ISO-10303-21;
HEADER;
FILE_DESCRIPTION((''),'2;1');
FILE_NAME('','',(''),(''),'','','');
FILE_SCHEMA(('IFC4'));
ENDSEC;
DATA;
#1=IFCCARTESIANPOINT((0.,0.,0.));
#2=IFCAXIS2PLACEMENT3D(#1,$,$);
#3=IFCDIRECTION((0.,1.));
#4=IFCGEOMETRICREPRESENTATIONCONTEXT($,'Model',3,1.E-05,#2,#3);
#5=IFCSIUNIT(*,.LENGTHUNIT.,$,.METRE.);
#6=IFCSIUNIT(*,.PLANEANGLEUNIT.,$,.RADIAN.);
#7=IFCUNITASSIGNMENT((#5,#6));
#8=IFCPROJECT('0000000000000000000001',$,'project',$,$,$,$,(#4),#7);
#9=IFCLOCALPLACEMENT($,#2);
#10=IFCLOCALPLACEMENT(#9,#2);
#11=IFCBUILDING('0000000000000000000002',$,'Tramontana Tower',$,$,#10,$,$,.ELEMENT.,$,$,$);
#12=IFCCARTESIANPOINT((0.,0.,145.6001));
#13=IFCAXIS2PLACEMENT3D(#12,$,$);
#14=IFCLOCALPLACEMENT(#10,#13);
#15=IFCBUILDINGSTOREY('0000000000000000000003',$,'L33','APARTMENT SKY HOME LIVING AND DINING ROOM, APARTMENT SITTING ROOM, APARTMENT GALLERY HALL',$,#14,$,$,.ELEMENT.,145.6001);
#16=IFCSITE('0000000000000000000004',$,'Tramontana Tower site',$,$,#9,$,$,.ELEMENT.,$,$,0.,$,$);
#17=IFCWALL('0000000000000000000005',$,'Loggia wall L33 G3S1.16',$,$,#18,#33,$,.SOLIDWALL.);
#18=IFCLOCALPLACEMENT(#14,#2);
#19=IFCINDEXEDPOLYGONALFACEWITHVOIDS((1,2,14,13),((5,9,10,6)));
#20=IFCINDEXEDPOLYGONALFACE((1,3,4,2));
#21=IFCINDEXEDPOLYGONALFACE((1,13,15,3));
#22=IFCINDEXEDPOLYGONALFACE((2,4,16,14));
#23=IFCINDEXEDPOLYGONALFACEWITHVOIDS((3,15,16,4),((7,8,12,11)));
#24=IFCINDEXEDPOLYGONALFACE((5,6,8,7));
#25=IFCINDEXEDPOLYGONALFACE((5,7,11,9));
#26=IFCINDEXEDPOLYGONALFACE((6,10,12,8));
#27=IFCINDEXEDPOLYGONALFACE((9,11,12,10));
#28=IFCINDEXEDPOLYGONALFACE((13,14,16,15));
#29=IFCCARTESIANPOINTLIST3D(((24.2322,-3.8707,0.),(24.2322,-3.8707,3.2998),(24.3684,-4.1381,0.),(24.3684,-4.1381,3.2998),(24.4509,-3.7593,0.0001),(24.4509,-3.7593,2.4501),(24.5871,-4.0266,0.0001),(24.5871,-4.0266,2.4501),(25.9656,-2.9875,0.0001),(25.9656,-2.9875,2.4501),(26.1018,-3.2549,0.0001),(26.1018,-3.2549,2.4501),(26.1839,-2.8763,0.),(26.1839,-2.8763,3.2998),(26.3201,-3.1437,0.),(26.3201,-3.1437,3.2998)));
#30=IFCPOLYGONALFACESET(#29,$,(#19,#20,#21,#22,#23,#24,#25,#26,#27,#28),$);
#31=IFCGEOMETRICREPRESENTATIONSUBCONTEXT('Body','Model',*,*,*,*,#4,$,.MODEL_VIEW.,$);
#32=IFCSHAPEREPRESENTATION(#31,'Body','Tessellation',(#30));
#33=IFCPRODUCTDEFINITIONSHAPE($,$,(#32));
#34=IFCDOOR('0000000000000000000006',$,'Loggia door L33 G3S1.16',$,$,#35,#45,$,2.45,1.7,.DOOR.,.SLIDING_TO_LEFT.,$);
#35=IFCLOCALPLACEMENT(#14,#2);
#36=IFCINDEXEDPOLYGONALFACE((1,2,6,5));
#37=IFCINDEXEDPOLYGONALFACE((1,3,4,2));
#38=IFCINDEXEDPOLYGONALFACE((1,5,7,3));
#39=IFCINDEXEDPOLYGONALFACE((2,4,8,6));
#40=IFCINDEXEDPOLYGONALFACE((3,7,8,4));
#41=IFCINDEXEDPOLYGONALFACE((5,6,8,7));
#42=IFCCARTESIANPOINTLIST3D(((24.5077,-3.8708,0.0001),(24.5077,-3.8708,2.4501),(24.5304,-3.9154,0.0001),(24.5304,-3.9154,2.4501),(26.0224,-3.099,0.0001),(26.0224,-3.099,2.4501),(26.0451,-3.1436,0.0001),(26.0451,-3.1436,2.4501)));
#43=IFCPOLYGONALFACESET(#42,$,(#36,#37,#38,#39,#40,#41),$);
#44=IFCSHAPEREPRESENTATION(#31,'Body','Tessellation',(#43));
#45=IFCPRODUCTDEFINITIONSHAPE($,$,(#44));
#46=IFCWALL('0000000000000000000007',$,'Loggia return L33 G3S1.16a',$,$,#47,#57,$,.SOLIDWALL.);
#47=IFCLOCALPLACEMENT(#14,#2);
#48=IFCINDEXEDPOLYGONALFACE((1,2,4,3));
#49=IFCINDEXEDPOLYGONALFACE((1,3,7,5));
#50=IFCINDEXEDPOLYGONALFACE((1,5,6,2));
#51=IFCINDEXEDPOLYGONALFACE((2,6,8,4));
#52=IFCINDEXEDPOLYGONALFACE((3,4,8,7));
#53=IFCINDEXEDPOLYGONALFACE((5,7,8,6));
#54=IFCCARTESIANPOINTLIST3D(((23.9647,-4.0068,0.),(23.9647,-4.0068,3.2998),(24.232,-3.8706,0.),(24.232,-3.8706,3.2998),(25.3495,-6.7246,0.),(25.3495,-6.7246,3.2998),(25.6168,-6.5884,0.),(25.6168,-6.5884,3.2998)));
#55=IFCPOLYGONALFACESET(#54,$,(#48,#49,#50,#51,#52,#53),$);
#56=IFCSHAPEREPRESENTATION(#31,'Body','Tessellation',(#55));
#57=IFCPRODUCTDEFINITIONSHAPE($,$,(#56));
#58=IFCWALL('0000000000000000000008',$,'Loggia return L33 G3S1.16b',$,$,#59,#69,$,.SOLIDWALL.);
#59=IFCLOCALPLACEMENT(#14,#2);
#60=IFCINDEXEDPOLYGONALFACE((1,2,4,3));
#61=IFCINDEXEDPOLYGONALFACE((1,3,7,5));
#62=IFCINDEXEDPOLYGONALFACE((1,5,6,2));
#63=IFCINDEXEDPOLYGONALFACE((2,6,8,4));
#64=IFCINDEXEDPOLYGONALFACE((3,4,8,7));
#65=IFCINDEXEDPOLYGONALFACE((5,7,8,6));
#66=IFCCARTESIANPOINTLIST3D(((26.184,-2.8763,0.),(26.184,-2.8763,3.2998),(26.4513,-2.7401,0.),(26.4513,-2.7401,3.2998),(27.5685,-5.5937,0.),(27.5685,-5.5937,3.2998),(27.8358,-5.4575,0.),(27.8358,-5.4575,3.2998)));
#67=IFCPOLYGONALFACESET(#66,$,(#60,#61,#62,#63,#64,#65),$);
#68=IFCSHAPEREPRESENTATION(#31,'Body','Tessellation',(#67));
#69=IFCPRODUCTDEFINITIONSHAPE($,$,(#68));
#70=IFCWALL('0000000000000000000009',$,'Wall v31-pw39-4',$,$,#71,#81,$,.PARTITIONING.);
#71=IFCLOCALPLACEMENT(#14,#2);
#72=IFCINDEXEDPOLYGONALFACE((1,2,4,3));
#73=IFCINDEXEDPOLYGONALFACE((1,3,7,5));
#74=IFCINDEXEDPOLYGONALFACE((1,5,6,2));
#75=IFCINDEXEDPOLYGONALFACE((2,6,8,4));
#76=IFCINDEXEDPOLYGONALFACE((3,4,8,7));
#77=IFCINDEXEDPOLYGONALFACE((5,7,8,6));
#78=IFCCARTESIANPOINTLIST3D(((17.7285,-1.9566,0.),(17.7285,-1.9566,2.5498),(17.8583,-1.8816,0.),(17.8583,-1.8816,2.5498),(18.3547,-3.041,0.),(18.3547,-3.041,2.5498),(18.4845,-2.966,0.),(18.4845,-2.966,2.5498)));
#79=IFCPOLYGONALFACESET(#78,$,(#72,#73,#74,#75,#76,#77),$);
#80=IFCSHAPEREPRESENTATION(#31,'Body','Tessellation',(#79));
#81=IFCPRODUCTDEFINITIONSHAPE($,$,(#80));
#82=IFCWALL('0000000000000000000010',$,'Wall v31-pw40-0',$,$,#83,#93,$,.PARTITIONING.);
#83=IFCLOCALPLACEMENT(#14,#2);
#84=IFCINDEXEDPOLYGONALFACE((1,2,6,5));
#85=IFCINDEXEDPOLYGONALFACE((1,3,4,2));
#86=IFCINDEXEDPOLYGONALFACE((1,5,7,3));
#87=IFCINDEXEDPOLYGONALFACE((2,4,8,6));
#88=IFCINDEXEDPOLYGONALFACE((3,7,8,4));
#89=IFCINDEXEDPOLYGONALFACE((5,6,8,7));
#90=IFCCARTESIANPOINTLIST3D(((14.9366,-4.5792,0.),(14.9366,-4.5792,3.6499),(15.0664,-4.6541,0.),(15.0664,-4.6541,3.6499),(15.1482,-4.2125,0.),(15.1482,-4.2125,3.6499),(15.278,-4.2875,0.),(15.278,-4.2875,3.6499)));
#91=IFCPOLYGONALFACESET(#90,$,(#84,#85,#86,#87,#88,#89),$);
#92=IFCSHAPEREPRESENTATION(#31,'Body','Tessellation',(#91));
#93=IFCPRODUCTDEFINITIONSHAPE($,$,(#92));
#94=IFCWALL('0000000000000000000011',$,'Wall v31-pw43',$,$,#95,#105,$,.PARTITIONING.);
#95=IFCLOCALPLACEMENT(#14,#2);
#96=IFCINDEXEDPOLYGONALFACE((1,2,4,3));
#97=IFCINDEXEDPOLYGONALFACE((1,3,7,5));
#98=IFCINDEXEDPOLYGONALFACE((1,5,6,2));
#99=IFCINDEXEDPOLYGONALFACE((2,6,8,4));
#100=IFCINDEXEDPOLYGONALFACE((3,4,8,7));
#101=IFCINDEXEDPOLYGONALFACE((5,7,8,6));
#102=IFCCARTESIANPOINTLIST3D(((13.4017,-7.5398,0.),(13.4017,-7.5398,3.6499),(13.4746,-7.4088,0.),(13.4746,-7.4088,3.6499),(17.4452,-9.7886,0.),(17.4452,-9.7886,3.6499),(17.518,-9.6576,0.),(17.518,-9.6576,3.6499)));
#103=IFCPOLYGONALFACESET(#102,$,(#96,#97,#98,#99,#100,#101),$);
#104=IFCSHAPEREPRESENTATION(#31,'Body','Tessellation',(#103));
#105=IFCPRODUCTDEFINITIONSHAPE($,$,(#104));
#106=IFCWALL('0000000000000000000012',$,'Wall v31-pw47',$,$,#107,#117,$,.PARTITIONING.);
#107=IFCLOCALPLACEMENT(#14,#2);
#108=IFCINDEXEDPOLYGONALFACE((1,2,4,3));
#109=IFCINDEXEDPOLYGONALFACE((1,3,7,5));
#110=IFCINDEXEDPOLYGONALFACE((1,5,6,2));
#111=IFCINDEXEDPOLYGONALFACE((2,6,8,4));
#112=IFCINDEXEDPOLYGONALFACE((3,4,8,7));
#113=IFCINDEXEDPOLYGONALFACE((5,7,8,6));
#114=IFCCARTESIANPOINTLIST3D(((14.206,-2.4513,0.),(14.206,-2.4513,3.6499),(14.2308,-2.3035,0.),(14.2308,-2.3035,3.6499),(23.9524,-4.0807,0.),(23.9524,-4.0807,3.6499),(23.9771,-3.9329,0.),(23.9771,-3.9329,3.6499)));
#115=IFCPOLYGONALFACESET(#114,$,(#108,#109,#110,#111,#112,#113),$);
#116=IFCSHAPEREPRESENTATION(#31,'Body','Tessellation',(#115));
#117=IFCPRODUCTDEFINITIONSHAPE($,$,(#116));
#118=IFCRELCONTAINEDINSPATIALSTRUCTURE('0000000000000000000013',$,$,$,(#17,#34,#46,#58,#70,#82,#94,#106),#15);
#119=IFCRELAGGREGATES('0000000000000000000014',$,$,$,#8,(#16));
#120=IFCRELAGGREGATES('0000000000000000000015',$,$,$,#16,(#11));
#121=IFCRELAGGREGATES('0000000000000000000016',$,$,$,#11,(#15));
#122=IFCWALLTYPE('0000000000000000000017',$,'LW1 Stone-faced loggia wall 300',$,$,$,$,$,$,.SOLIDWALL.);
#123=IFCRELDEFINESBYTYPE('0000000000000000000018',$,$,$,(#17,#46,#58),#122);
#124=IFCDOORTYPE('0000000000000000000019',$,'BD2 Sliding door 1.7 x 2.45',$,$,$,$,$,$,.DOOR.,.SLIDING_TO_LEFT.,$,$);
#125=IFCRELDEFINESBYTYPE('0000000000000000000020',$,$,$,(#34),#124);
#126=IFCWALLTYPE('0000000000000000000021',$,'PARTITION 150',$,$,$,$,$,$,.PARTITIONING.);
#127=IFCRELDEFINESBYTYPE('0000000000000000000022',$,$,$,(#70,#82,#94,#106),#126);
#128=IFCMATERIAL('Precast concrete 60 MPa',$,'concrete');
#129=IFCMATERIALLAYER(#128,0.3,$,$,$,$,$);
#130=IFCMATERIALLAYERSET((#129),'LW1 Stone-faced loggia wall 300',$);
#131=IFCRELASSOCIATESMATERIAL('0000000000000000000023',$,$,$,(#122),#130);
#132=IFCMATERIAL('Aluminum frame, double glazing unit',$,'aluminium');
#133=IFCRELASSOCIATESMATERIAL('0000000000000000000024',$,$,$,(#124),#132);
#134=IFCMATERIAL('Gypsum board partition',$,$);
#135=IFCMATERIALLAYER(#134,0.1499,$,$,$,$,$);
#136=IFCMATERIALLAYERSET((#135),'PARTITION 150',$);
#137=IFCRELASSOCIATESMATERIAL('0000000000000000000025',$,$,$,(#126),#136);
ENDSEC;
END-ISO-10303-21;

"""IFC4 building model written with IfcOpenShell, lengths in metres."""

from ifc_helpers import new_model, si_unit, direction, frame, frame_2d, origin, place, context, subcontext, project, spatial, rectangle, extrude, material, layer, layer_set, type_object, element, fill, save


model = new_model("IFC4")

# Units and contexts
model_context = context("Model", 3, precision=1e-05, world=origin(), true_north=direction((0.0, 1.0)))
body_context = subcontext(model_context, "Body", "Model", "MODEL_VIEW")
ifc_project = project(units=[si_unit("LENGTHUNIT", "METRE"), si_unit("PLANEANGLEUNIT", "RADIAN")], contexts=[model_context])

# Site, building, storey
site_placement = place(None, origin())
site = spatial("IfcSite", under=ifc_project, at=site_placement, Name="Tramontana Tower site", CompositionType="ELEMENT", RefElevation=0.0)
building_placement = place(site_placement, origin())
building = spatial("IfcBuilding", under=site, at=building_placement, Name="Tramontana Tower", CompositionType="ELEMENT")
storey_placement = place(building_placement, frame((0.0, 0.0, 145.6001)))
storey = spatial("IfcBuildingStorey", under=building, at=storey_placement, Name="L33", Description="APARTMENT SKY HOME LIVING AND DINING ROOM, APARTMENT SITTING ROOM, APARTMENT GALLERY HALL", CompositionType="ELEMENT", Elevation=145.6001)

# Wall, opening, door
ifc_material_1 = material(Name="Precast concrete 60 MPa", Category="concrete")
ifc_layer_1 = layer(ifc_material_1, 0.3)
ifc_layer_set_1 = layer_set([ifc_layer_1], Name="LW1 Stone-faced loggia wall 300")
wall_type_1 = type_object("IfcWallType", Name="LW1 Stone-faced loggia wall 300", PredefinedType="SOLIDWALL", material=ifc_layer_set_1)
wall_1_placement = place(storey_placement, frame((24.3003, -4.0044, 0.0), z_axis=(0.0, 0.0, 1.0), x_axis=(0.891013, 0.453978, 0.0)))
wall_1 = element("IfcWall", 1, at=wall_1_placement, inside=storey, type_object=wall_type_1, Name="Loggia wall L33 G3S1.16", PredefinedType="SOLIDWALL", context=body_context, shape_type="SweptSolid", body=[
    extrude(rectangle(XDim=2.1904, YDim=0.3, at=frame_2d((1.0952, 0.0))), origin(), (0.0, 0.0, 1.0), 3.2998),
])
opening_1_placement = place(wall_1_placement, frame((0.2454, 0.0, 0.0)))
opening_1 = element("IfcOpeningElement", 2, at=opening_1_placement, cuts=wall_1, PredefinedType="OPENING", context=body_context, shape_type="SweptSolid", body=[
    extrude(rectangle(XDim=1.7, YDim=2.45, at=frame_2d((0.8501, 1.2251))), frame((0.0, 0.1599, 0.0), z_axis=(0.0, -1.0, 0.0), x_axis=(1.0, 0.0, 0.0)), (0.0, 0.0, 1.0), 0.3201),
])
ifc_material_2 = material(Name="Aluminum frame, double glazing unit", Category="aluminium")
door_type_1 = type_object("IfcDoorType", Name="BD2 Sliding door 1.7 x 2.45", OperationType="SLIDING_TO_LEFT", PredefinedType="DOOR", material=ifc_material_2)
door_1_placement = place(opening_1_placement, origin())
door_1 = element("IfcDoor", 3, at=door_1_placement, inside=storey, type_object=door_type_1, Name="Loggia door L33 G3S1.16", OperationType="SLIDING_TO_LEFT", OverallHeight=2.45, OverallWidth=1.7, PredefinedType="DOOR", context=body_context, shape_type="SweptSolid", body=[
    extrude(rectangle(XDim=1.7, YDim=2.45, at=frame_2d((0.8501, 1.2251))), frame((0.0, 0.0249, 0.0), z_axis=(0.0, -1.0, 0.0), x_axis=(1.0, 0.0, 0.0)), (0.0, 0.0, 1.0), 0.05),
])
fill(opening_1, door_1)

# Walls
wall_2_placement = place(storey_placement, frame((25.4832, -6.6565, 0.0), z_axis=(0.0, 0.0, 1.0), x_axis=(-0.453988, 0.891008, 0.0)))
element("IfcWall", 4, at=wall_2_placement, inside=storey, type_object=wall_type_1, Name="Loggia return L33 G3S1.16a", PredefinedType="SOLIDWALL", context=body_context, shape_type="SweptSolid", body=[
    extrude(rectangle(XDim=3.0503, YDim=0.3, at=frame_2d((1.5251, 0.0))), origin(), (0.0, 0.0, 1.0), 3.2998),
])
wall_3_placement = place(storey_placement, frame((27.7021, -5.5256, 0.0), z_axis=(0.0, 0.0, 1.0), x_axis=(-0.453957, 0.891024, 0.0)))
element("IfcWall", 5, at=wall_3_placement, inside=storey, type_object=wall_type_1, Name="Loggia return L33 G3S1.16b", PredefinedType="SOLIDWALL", context=body_context, shape_type="SweptSolid", body=[
    extrude(rectangle(XDim=3.0498, YDim=0.3, at=frame_2d((1.5249, 0.0))), origin(), (0.0, 0.0, 1.0), 3.2998),
])
ifc_material_3 = material(Name="Gypsum board partition")
ifc_layer_2 = layer(ifc_material_3, 0.1499)
ifc_layer_set_2 = layer_set([ifc_layer_2], Name="PARTITION 150")
wall_type_2 = type_object("IfcWallType", Name="PARTITION 150", PredefinedType="PARTITIONING", material=ifc_layer_set_2)
wall_4_placement = place(storey_placement, frame((17.7935, -1.9192, 0.0), z_axis=(0.0, 0.0, 1.0), x_axis=(0.50006, -0.865991, 0.0)))
element("IfcWall", 6, at=wall_4_placement, inside=storey, type_object=wall_type_2, Name="Wall v31-pw39-4", PredefinedType="PARTITIONING", context=body_context, shape_type="SweptSolid", body=[
    extrude(rectangle(XDim=1.2522, YDim=0.1499, at=frame_2d((0.626, 0.0))), origin(), (0.0, 0.0, 1.0), 2.5498),
])
wall_5_placement = place(storey_placement, frame((15.2131, -4.25, 0.0), z_axis=(0.0, 0.0, 1.0), x_axis=(-0.499922, -0.86607, 0.0)))
element("IfcWall", 7, at=wall_5_placement, inside=storey, type_object=wall_type_2, Name="Wall v31-pw40-0", PredefinedType="PARTITIONING", context=body_context, shape_type="SweptSolid", body=[
    extrude(rectangle(XDim=0.4233, YDim=0.1499, at=frame_2d((0.2117, 0.0))), origin(), (0.0, 0.0, 1.0), 3.6499),
])

# Walls
wall_6_placement = place(storey_placement, frame((17.4817, -9.7231, 0.0), z_axis=(0.0, 0.0, 1.0), x_axis=(-0.873936, 0.486042, 0.0)))
element("IfcWall", 8, at=wall_6_placement, inside=storey, type_object=wall_type_2, Name="Wall v31-pw43", PredefinedType="PARTITIONING", context=body_context, shape_type="SweptSolid", body=[
    extrude(rectangle(XDim=4.6267, YDim=0.1499, at=frame_2d((2.3135, 0.0))), origin(), (0.0, 0.0, 1.0), 3.6499),
])
wall_7_placement = place(storey_placement, frame((23.9648, -4.0068, 0.0), z_axis=(0.0, 0.0, 1.0), x_axis=(-0.986312, 0.164892, 0.0)))
element("IfcWall", 9, at=wall_7_placement, inside=storey, type_object=wall_type_2, Name="Wall v31-pw47", PredefinedType="PARTITIONING", context=body_context, shape_type="SweptSolid", body=[
    extrude(rectangle(XDim=9.8816, YDim=0.1499, at=frame_2d((4.9409, 0.0))), origin(), (0.0, 0.0, 1.0), 3.6499),
])

save(model, "model.ifc")
